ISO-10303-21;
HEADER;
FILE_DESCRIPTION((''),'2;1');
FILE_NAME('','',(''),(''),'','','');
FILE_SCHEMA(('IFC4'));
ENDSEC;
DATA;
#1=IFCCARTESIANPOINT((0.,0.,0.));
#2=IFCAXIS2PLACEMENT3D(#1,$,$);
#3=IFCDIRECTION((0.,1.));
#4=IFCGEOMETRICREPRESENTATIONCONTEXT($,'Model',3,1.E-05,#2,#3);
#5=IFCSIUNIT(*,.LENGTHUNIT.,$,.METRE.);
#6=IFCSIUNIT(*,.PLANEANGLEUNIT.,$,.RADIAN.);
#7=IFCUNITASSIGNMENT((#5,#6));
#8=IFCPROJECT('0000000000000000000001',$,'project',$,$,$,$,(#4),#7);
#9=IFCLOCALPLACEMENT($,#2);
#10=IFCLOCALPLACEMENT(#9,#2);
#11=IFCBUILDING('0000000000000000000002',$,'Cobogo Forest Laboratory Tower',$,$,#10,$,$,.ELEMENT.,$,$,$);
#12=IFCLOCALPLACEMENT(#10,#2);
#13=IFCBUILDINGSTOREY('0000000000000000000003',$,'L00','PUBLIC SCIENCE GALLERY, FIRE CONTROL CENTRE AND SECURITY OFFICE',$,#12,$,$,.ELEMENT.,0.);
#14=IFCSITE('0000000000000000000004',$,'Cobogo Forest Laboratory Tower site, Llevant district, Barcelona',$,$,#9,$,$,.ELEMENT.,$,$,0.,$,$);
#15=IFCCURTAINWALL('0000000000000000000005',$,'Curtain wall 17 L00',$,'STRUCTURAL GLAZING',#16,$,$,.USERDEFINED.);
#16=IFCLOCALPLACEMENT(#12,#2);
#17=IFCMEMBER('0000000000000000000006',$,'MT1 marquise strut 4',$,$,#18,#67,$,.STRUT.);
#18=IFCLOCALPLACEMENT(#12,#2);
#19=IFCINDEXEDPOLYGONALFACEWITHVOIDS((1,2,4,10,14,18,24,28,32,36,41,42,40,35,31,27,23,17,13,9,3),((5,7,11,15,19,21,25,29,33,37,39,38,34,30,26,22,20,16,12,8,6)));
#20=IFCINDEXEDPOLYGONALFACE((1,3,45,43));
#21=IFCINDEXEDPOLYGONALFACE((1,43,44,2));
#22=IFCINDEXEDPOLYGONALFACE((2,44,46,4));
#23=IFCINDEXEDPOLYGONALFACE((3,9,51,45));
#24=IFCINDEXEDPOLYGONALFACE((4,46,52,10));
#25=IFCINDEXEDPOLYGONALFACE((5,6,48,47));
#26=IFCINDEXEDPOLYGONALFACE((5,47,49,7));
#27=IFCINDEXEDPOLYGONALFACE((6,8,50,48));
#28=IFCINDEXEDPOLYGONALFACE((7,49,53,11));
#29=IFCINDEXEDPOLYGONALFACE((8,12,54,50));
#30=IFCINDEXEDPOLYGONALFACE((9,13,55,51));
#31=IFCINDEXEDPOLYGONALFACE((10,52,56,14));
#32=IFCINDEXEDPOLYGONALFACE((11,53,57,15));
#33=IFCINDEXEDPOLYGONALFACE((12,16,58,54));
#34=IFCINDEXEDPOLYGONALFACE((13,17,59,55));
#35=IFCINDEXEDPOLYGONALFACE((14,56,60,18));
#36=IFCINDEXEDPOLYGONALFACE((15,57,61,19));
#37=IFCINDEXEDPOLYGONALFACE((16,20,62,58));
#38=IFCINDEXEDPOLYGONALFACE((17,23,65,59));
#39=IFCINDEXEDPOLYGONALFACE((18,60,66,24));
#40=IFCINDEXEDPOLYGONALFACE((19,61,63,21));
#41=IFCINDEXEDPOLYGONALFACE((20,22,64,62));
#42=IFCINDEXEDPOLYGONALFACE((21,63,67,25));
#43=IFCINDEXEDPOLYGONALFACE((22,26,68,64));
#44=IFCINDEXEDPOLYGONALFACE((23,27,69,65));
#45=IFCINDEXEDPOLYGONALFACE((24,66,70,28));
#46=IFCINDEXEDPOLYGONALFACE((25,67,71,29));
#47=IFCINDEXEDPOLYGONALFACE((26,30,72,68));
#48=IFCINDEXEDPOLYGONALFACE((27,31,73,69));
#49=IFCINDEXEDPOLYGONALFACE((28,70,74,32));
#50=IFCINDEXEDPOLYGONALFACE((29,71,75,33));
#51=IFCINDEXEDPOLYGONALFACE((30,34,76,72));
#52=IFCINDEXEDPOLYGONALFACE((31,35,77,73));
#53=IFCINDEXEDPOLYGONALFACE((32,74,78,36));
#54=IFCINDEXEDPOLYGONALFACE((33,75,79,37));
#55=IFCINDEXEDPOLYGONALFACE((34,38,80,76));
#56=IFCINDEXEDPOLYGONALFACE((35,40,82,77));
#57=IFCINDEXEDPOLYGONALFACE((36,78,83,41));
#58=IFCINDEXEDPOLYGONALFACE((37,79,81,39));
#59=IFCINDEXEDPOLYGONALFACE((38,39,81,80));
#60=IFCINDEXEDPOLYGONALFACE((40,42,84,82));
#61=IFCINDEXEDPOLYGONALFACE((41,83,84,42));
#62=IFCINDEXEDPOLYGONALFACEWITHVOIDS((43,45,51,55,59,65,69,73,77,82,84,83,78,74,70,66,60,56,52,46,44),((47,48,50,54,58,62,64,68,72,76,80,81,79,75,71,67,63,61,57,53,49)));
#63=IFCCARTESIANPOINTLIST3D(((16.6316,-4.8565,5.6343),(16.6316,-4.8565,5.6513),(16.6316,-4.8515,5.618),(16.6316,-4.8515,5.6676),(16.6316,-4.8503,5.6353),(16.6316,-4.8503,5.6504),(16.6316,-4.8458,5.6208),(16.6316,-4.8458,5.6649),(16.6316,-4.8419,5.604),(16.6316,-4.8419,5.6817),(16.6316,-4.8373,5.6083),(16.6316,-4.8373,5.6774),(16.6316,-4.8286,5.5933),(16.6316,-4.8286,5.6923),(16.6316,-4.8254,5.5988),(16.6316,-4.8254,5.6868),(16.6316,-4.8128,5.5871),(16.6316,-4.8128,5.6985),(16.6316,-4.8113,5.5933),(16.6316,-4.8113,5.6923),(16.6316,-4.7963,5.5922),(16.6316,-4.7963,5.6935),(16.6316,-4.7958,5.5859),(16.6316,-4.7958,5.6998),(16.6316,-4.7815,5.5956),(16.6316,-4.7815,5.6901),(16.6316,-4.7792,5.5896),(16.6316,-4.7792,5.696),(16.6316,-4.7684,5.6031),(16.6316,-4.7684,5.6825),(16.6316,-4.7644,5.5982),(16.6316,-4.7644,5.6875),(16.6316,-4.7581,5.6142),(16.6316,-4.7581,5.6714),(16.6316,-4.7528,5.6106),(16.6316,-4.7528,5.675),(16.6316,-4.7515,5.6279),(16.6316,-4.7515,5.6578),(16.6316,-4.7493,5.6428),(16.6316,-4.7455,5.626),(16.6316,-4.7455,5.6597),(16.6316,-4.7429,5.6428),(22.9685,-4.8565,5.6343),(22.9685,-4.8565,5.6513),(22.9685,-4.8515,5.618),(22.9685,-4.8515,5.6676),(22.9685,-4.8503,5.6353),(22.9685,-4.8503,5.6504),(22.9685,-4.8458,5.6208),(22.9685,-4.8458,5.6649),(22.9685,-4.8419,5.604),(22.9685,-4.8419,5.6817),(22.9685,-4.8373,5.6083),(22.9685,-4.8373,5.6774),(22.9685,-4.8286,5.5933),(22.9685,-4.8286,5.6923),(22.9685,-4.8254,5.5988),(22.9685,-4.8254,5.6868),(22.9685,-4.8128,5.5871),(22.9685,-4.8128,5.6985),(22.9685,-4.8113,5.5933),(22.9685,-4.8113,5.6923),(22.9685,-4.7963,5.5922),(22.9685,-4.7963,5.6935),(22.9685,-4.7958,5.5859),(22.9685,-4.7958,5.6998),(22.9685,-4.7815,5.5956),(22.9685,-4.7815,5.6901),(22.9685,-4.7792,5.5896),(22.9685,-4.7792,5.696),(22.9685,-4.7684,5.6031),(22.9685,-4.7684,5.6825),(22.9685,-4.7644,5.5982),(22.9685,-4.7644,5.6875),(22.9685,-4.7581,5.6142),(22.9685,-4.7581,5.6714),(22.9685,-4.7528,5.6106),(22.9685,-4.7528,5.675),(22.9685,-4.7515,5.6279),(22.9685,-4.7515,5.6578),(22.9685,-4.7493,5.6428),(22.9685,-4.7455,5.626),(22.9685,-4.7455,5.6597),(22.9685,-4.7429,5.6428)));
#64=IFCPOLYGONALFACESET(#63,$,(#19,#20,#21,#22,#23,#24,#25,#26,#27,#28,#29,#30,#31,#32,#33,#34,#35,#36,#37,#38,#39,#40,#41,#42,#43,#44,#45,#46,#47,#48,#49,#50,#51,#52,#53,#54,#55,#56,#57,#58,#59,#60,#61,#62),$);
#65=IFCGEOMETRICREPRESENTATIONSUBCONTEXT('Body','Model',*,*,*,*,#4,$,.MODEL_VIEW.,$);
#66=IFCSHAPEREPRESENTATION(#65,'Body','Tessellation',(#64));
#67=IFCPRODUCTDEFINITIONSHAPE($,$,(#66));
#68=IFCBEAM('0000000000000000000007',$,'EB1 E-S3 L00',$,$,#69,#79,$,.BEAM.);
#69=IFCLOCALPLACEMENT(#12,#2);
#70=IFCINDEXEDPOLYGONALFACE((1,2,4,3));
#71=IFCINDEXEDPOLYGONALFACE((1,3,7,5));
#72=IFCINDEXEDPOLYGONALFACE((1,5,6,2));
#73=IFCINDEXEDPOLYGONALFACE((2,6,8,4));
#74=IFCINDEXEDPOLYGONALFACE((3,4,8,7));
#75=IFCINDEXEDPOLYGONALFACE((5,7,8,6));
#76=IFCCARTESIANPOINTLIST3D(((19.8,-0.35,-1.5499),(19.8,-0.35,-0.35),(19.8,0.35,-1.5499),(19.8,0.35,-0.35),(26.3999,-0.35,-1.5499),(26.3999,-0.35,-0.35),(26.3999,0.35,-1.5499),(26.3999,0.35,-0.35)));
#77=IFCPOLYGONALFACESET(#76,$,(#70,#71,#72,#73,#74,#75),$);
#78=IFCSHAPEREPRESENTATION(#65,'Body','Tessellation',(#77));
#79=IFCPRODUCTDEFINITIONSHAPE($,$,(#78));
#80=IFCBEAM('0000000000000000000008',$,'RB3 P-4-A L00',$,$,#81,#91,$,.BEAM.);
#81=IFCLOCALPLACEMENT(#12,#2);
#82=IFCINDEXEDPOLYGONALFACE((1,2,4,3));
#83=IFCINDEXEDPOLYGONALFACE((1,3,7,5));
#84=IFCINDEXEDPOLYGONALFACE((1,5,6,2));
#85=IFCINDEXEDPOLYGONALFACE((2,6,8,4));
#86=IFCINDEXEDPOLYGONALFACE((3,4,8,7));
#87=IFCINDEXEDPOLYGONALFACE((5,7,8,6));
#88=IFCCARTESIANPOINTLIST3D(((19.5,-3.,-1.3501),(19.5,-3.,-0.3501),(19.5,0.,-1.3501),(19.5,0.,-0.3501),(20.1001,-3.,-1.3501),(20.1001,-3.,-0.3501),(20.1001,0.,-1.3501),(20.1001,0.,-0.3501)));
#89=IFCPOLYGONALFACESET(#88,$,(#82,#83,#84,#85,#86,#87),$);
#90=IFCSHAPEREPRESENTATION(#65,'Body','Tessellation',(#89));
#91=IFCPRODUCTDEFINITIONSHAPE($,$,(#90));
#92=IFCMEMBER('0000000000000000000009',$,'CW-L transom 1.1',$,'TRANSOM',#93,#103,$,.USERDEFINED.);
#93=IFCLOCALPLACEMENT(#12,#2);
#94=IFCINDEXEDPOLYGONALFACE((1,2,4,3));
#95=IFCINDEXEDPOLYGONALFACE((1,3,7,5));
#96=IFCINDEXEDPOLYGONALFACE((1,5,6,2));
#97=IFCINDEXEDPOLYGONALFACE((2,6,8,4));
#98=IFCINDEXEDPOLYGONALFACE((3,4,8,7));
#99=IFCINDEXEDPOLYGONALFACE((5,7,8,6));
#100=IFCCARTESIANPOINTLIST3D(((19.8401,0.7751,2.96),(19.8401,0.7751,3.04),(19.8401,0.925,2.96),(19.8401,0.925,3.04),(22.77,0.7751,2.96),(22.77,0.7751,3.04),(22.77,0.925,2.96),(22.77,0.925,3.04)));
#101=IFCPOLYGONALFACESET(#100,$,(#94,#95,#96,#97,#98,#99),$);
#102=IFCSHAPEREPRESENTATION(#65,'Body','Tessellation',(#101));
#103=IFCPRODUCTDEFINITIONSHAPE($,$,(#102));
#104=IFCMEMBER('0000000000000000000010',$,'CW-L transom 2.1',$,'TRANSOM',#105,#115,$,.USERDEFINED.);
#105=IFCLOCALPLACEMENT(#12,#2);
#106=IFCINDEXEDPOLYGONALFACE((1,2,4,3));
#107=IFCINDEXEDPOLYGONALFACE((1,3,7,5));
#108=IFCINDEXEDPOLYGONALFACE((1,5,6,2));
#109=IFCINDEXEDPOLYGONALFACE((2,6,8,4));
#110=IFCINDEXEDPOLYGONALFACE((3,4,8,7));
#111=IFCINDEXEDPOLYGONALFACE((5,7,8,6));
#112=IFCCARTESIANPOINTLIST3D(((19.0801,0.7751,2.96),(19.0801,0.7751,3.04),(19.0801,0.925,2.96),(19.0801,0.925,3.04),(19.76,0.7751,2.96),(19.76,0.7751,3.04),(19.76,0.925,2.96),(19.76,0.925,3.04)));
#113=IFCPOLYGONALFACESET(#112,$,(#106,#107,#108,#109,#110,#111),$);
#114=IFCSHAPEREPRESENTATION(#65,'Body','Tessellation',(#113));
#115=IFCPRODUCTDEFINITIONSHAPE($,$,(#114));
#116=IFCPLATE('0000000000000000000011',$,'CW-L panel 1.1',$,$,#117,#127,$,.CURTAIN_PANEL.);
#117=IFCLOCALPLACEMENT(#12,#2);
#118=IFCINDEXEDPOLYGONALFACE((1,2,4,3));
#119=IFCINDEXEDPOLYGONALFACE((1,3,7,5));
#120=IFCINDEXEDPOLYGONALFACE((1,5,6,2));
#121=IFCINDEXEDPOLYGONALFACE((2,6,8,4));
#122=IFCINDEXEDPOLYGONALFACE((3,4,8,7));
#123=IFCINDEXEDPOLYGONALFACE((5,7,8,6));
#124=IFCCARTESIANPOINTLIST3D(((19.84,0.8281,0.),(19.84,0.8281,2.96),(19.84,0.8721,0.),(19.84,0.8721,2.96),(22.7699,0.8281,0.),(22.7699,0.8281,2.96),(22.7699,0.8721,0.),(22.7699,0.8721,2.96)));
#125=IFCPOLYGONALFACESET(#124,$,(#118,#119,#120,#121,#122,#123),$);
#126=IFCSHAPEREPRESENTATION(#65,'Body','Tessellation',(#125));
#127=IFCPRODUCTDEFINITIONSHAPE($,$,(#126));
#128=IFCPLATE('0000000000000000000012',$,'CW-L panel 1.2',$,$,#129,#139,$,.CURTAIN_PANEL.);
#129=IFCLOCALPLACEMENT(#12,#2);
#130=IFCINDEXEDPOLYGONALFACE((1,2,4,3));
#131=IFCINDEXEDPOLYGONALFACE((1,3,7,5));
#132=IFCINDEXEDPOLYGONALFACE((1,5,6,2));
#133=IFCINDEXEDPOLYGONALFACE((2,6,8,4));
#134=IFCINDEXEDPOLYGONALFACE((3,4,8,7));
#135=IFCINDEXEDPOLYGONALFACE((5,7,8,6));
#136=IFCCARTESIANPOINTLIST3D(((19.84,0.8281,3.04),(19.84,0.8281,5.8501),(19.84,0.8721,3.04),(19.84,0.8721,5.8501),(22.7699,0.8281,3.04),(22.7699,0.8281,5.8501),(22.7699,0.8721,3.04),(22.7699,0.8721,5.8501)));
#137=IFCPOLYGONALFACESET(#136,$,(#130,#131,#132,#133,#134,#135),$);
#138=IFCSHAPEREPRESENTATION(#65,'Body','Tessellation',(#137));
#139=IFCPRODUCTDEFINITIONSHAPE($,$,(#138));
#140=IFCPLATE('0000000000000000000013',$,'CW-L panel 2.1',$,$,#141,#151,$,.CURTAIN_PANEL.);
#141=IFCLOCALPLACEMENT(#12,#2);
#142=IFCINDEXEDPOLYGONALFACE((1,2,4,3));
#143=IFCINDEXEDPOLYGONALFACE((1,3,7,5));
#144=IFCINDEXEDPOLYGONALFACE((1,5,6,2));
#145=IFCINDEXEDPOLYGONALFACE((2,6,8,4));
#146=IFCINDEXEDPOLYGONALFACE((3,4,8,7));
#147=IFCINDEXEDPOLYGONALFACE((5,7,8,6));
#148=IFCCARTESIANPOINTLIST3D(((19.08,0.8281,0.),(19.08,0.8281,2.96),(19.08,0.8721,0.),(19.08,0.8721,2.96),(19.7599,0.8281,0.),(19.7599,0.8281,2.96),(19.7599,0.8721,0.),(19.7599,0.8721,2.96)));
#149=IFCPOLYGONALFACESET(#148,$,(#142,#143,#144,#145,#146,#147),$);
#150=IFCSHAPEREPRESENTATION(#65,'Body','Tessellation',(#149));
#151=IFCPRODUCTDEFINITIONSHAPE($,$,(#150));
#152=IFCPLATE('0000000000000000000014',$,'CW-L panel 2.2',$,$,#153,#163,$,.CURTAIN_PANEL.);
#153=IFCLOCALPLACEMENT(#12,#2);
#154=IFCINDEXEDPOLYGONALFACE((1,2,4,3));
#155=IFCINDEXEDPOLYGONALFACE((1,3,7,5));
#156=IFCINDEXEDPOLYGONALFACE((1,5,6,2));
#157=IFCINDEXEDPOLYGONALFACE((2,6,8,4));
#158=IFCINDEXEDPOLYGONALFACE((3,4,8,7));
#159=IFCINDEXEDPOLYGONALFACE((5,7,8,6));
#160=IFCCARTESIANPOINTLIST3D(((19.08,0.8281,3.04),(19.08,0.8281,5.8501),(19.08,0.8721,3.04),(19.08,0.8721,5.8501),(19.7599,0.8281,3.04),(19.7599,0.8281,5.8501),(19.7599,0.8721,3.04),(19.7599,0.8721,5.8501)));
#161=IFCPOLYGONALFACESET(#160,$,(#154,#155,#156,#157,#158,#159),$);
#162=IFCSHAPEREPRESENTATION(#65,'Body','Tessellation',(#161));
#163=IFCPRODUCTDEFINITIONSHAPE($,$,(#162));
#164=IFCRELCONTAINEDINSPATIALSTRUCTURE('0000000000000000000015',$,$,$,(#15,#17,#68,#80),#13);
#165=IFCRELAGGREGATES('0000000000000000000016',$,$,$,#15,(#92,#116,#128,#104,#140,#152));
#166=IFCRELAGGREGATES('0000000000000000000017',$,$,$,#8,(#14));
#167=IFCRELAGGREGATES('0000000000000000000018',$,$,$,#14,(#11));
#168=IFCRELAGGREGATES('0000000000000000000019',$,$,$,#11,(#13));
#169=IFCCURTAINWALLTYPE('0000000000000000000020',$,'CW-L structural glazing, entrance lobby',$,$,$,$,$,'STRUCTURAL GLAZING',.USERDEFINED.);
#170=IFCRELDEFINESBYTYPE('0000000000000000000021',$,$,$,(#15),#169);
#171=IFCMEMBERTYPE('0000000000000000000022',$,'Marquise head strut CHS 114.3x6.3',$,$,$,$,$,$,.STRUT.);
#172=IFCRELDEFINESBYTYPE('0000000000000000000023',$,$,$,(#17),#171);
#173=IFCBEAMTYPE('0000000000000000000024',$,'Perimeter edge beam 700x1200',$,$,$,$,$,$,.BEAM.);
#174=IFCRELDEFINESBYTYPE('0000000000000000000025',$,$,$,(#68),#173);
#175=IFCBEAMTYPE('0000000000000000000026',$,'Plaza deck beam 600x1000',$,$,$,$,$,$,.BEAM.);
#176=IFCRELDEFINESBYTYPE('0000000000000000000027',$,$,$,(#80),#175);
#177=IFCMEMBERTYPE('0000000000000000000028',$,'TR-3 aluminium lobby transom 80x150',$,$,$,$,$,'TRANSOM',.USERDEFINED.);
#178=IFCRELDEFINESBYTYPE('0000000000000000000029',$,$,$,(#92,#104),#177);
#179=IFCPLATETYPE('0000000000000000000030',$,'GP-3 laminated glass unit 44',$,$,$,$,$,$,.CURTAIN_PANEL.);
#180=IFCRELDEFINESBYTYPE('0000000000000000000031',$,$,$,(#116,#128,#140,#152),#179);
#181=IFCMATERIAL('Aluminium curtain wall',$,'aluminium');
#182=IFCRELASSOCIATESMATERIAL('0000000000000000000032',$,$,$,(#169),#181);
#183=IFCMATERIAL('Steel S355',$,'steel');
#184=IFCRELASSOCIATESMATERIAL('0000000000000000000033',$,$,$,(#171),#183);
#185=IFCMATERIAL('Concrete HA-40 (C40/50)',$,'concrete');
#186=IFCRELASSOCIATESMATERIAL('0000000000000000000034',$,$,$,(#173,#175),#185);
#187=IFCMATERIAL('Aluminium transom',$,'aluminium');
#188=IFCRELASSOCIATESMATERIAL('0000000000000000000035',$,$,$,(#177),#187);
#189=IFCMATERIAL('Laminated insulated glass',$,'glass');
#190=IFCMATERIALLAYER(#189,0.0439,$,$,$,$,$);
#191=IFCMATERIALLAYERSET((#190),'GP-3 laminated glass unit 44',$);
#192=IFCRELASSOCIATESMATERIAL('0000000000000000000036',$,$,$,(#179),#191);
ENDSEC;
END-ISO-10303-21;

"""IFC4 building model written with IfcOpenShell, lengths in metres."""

from ifc_helpers import new_model, si_unit, direction, frame, origin, origin_2d, place, context, subcontext, project, spatial, rectangle, hollow_circle, extrude, material, layer, layer_set, material_profile, profile_set, type_object, element, aggregate, save


model = new_model("IFC4")

# Units and contexts
model_context = context("Model", 3, precision=1e-05, world=origin(), true_north=direction((0.0, 1.0)))
body_context = subcontext(model_context, "Body", "Model", "MODEL_VIEW")
ifc_project = project(units=[si_unit("LENGTHUNIT", "METRE"), si_unit("PLANEANGLEUNIT", "RADIAN")], contexts=[model_context])

# Site, building, storey
site_placement = place(None, origin())
site = spatial("IfcSite", under=ifc_project, at=site_placement, Name="Cobogo Forest Laboratory Tower site, Llevant district, Barcelona", CompositionType="ELEMENT", RefElevation=0.0)
building_placement = place(site_placement, origin())
building = spatial("IfcBuilding", under=site, at=building_placement, Name="Cobogo Forest Laboratory Tower", CompositionType="ELEMENT")
storey_placement = place(building_placement, origin())
storey = spatial("IfcBuildingStorey", under=building, at=storey_placement, Name="L00", Description="PUBLIC SCIENCE GALLERY, FIRE CONTROL CENTRE AND SECURITY OFFICE", CompositionType="ELEMENT", Elevation=0.0)

# Shared definitions
ifc_material_1 = material(Name="Concrete HA-40 (C40/50)", Category="concrete")

# Shared definitions
ifc_material_2 = material(Name="Steel S355", Category="steel")

# Curtain wall
ifc_material_3 = material(Name="Aluminium curtain wall", Category="aluminium")
curtain_wall_type = type_object("IfcCurtainWallType", Name="CW-L structural glazing, entrance lobby", ElementType="STRUCTURAL GLAZING", PredefinedType="USERDEFINED", material=ifc_material_3)
curtain_wall_placement = place(storey_placement, origin())
curtain_wall = element("IfcCurtainWall", 1, at=curtain_wall_placement, inside=storey, type_object=curtain_wall_type, Name="Curtain wall 17 L00", ObjectType="STRUCTURAL GLAZING", PredefinedType="USERDEFINED")

# Member
ifc_material_profile_1 = material_profile(ifc_material_2, hollow_circle(Radius=0.0571, WallThickness=0.0063, at=origin_2d()), Name="CHS 114.3x6.3")
ifc_profile_set_1 = profile_set([ifc_material_profile_1], Name="Steel S355")
member_type_1 = type_object("IfcMemberType", Name="Marquise head strut CHS 114.3x6.3", PredefinedType="STRUT", material=ifc_profile_set_1)
for number, where, z_axis, x_axis, name in (
    (2, (16.6316, -4.8, 5.6428), (1.0, 0.0, 0.0), (0.0, 1.0, 0.0), "MT1 marquise strut 4"),
):
    element("IfcMember", number, at=place(storey_placement, frame(where, z_axis=z_axis, x_axis=x_axis)), inside=storey, type_object=member_type_1, Name=name, PredefinedType="STRUT", context=body_context, shape_type="SweptSolid", body=[
        extrude(hollow_circle(Radius=0.0571, WallThickness=0.0063, at=origin_2d()), origin(), (0.0, 0.0, 1.0), 6.3369),
    ])

# Beams
ifc_material_profile_2 = material_profile(ifc_material_1, rectangle(XDim=0.7, YDim=1.2, at=origin_2d()), Name="RC 700x1200")
ifc_profile_set_2 = profile_set([ifc_material_profile_2], Name="Concrete HA-40 (C40/50)")
beam_type_1 = type_object("IfcBeamType", Name="Perimeter edge beam 700x1200", PredefinedType="BEAM", material=ifc_profile_set_2)
beam_1_placement = place(storey_placement, frame((19.8, 0.0, -0.95), z_axis=(1.0, 0.0, 0.0), x_axis=(0.0, 1.0, 0.0)))
element("IfcBeam", 3, at=beam_1_placement, inside=storey, type_object=beam_type_1, Name="EB1 E-S3 L00", PredefinedType="BEAM", context=body_context, shape_type="SweptSolid", body=[
    extrude(rectangle(XDim=0.7, YDim=1.2, at=origin_2d()), origin(), (0.0, 0.0, 1.0), 6.5999),
])
ifc_material_profile_3 = material_profile(ifc_material_1, rectangle(XDim=0.6001, YDim=1.0, at=origin_2d()), Name="RC 600x1000")
ifc_profile_set_3 = profile_set([ifc_material_profile_3], Name="Concrete HA-40 (C40/50)")
beam_type_2 = type_object("IfcBeamType", Name="Plaza deck beam 600x1000", PredefinedType="BEAM", material=ifc_profile_set_3)
beam_2_placement = place(storey_placement, frame((19.8, 0.0, -0.8501), z_axis=(0.0, -1.0, 0.0), x_axis=(1.0, 0.0, 0.0)))
element("IfcBeam", 4, at=beam_2_placement, inside=storey, type_object=beam_type_2, Name="RB3 P-4-A L00", PredefinedType="BEAM", context=body_context, shape_type="SweptSolid", body=[
    extrude(rectangle(XDim=0.6001, YDim=1.0, at=origin_2d()), origin(), (0.0, 0.0, 1.0), 3.0),
])

# Members
ifc_material_4 = material(Name="Aluminium transom", Category="aluminium")
ifc_material_profile_4 = material_profile(ifc_material_4, rectangle(XDim=0.1499, YDim=0.0801, at=origin_2d()), Name="AL 80x150")
ifc_profile_set_4 = profile_set([ifc_material_profile_4], Name="Aluminium transom")
member_type_2 = type_object("IfcMemberType", Name="TR-3 aluminium lobby transom 80x150", ElementType="TRANSOM", PredefinedType="USERDEFINED", material=ifc_profile_set_4)
member_1_placement = place(storey_placement, frame((22.77, 0.8501, 3.0), z_axis=(-1.0, 0.0, 0.0), x_axis=(0.0, -1.0, 0.0)))
member_1 = element("IfcMember", 5, at=member_1_placement, type_object=member_type_2, Name="CW-L transom 1.1", ObjectType="TRANSOM", PredefinedType="USERDEFINED", context=body_context, shape_type="SweptSolid", body=[
    extrude(rectangle(XDim=0.1499, YDim=0.0801, at=origin_2d()), origin(), (0.0, 0.0, 1.0), 2.9299),
])
member_2_placement = place(storey_placement, frame((19.76, 0.8501, 3.0), z_axis=(-1.0, 0.0, 0.0), x_axis=(0.0, -1.0, 0.0)))
member_2 = element("IfcMember", 6, at=member_2_placement, type_object=member_type_2, Name="CW-L transom 2.1", ObjectType="TRANSOM", PredefinedType="USERDEFINED", context=body_context, shape_type="SweptSolid", body=[
    extrude(rectangle(XDim=0.1499, YDim=0.0801, at=origin_2d()), origin(), (0.0, 0.0, 1.0), 0.6799),
])

# Plates
ifc_material_5 = material(Name="Laminated insulated glass", Category="glass")
ifc_layer_1 = layer(ifc_material_5, 0.0439)
ifc_layer_set_1 = layer_set([ifc_layer_1], Name="GP-3 laminated glass unit 44")
plate_type = type_object("IfcPlateType", Name="GP-3 laminated glass unit 44", PredefinedType="CURTAIN_PANEL", material=ifc_layer_set_1)
plate_1_placement = place(storey_placement, frame((21.3049, 0.8501, 0.0), z_axis=(0.0, 0.0, 1.0), x_axis=(-1.0, 0.0, 0.0)))
plate_1 = element("IfcPlate", 7, at=plate_1_placement, type_object=plate_type, Name="CW-L panel 1.1", PredefinedType="CURTAIN_PANEL", context=body_context, shape_type="SweptSolid", body=[
    extrude(rectangle(XDim=2.9299, YDim=0.0439, at=origin_2d()), origin(), (0.0, 0.0, 1.0), 2.96),
])
plate_2_placement = place(storey_placement, frame((21.3049, 0.8501, 3.04), z_axis=(0.0, 0.0, 1.0), x_axis=(-1.0, 0.0, 0.0)))
plate_2 = element("IfcPlate", 8, at=plate_2_placement, type_object=plate_type, Name="CW-L panel 1.2", PredefinedType="CURTAIN_PANEL", context=body_context, shape_type="SweptSolid", body=[
    extrude(rectangle(XDim=2.9299, YDim=0.0439, at=origin_2d()), origin(), (0.0, 0.0, 1.0), 2.8101),
])
plate_3_placement = place(storey_placement, frame((19.4199, 0.8501, 0.0), z_axis=(0.0, 0.0, 1.0), x_axis=(-1.0, 0.0, 0.0)))
plate_3 = element("IfcPlate", 9, at=plate_3_placement, type_object=plate_type, Name="CW-L panel 2.1", PredefinedType="CURTAIN_PANEL", context=body_context, shape_type="SweptSolid", body=[
    extrude(rectangle(XDim=0.6799, YDim=0.0439, at=origin_2d()), origin(), (0.0, 0.0, 1.0), 2.96),
])
plate_4_placement = place(storey_placement, frame((19.4199, 0.8501, 3.04), z_axis=(0.0, 0.0, 1.0), x_axis=(-1.0, 0.0, 0.0)))
plate_4 = element("IfcPlate", 10, at=plate_4_placement, type_object=plate_type, Name="CW-L panel 2.2", PredefinedType="CURTAIN_PANEL", context=body_context, shape_type="SweptSolid", body=[
    extrude(rectangle(XDim=0.6799, YDim=0.0439, at=origin_2d()), origin(), (0.0, 0.0, 1.0), 2.8101),
])
aggregate(curtain_wall, [member_1, plate_1, plate_2, member_2, plate_3, plate_4])

save(model, "model.ifc")
